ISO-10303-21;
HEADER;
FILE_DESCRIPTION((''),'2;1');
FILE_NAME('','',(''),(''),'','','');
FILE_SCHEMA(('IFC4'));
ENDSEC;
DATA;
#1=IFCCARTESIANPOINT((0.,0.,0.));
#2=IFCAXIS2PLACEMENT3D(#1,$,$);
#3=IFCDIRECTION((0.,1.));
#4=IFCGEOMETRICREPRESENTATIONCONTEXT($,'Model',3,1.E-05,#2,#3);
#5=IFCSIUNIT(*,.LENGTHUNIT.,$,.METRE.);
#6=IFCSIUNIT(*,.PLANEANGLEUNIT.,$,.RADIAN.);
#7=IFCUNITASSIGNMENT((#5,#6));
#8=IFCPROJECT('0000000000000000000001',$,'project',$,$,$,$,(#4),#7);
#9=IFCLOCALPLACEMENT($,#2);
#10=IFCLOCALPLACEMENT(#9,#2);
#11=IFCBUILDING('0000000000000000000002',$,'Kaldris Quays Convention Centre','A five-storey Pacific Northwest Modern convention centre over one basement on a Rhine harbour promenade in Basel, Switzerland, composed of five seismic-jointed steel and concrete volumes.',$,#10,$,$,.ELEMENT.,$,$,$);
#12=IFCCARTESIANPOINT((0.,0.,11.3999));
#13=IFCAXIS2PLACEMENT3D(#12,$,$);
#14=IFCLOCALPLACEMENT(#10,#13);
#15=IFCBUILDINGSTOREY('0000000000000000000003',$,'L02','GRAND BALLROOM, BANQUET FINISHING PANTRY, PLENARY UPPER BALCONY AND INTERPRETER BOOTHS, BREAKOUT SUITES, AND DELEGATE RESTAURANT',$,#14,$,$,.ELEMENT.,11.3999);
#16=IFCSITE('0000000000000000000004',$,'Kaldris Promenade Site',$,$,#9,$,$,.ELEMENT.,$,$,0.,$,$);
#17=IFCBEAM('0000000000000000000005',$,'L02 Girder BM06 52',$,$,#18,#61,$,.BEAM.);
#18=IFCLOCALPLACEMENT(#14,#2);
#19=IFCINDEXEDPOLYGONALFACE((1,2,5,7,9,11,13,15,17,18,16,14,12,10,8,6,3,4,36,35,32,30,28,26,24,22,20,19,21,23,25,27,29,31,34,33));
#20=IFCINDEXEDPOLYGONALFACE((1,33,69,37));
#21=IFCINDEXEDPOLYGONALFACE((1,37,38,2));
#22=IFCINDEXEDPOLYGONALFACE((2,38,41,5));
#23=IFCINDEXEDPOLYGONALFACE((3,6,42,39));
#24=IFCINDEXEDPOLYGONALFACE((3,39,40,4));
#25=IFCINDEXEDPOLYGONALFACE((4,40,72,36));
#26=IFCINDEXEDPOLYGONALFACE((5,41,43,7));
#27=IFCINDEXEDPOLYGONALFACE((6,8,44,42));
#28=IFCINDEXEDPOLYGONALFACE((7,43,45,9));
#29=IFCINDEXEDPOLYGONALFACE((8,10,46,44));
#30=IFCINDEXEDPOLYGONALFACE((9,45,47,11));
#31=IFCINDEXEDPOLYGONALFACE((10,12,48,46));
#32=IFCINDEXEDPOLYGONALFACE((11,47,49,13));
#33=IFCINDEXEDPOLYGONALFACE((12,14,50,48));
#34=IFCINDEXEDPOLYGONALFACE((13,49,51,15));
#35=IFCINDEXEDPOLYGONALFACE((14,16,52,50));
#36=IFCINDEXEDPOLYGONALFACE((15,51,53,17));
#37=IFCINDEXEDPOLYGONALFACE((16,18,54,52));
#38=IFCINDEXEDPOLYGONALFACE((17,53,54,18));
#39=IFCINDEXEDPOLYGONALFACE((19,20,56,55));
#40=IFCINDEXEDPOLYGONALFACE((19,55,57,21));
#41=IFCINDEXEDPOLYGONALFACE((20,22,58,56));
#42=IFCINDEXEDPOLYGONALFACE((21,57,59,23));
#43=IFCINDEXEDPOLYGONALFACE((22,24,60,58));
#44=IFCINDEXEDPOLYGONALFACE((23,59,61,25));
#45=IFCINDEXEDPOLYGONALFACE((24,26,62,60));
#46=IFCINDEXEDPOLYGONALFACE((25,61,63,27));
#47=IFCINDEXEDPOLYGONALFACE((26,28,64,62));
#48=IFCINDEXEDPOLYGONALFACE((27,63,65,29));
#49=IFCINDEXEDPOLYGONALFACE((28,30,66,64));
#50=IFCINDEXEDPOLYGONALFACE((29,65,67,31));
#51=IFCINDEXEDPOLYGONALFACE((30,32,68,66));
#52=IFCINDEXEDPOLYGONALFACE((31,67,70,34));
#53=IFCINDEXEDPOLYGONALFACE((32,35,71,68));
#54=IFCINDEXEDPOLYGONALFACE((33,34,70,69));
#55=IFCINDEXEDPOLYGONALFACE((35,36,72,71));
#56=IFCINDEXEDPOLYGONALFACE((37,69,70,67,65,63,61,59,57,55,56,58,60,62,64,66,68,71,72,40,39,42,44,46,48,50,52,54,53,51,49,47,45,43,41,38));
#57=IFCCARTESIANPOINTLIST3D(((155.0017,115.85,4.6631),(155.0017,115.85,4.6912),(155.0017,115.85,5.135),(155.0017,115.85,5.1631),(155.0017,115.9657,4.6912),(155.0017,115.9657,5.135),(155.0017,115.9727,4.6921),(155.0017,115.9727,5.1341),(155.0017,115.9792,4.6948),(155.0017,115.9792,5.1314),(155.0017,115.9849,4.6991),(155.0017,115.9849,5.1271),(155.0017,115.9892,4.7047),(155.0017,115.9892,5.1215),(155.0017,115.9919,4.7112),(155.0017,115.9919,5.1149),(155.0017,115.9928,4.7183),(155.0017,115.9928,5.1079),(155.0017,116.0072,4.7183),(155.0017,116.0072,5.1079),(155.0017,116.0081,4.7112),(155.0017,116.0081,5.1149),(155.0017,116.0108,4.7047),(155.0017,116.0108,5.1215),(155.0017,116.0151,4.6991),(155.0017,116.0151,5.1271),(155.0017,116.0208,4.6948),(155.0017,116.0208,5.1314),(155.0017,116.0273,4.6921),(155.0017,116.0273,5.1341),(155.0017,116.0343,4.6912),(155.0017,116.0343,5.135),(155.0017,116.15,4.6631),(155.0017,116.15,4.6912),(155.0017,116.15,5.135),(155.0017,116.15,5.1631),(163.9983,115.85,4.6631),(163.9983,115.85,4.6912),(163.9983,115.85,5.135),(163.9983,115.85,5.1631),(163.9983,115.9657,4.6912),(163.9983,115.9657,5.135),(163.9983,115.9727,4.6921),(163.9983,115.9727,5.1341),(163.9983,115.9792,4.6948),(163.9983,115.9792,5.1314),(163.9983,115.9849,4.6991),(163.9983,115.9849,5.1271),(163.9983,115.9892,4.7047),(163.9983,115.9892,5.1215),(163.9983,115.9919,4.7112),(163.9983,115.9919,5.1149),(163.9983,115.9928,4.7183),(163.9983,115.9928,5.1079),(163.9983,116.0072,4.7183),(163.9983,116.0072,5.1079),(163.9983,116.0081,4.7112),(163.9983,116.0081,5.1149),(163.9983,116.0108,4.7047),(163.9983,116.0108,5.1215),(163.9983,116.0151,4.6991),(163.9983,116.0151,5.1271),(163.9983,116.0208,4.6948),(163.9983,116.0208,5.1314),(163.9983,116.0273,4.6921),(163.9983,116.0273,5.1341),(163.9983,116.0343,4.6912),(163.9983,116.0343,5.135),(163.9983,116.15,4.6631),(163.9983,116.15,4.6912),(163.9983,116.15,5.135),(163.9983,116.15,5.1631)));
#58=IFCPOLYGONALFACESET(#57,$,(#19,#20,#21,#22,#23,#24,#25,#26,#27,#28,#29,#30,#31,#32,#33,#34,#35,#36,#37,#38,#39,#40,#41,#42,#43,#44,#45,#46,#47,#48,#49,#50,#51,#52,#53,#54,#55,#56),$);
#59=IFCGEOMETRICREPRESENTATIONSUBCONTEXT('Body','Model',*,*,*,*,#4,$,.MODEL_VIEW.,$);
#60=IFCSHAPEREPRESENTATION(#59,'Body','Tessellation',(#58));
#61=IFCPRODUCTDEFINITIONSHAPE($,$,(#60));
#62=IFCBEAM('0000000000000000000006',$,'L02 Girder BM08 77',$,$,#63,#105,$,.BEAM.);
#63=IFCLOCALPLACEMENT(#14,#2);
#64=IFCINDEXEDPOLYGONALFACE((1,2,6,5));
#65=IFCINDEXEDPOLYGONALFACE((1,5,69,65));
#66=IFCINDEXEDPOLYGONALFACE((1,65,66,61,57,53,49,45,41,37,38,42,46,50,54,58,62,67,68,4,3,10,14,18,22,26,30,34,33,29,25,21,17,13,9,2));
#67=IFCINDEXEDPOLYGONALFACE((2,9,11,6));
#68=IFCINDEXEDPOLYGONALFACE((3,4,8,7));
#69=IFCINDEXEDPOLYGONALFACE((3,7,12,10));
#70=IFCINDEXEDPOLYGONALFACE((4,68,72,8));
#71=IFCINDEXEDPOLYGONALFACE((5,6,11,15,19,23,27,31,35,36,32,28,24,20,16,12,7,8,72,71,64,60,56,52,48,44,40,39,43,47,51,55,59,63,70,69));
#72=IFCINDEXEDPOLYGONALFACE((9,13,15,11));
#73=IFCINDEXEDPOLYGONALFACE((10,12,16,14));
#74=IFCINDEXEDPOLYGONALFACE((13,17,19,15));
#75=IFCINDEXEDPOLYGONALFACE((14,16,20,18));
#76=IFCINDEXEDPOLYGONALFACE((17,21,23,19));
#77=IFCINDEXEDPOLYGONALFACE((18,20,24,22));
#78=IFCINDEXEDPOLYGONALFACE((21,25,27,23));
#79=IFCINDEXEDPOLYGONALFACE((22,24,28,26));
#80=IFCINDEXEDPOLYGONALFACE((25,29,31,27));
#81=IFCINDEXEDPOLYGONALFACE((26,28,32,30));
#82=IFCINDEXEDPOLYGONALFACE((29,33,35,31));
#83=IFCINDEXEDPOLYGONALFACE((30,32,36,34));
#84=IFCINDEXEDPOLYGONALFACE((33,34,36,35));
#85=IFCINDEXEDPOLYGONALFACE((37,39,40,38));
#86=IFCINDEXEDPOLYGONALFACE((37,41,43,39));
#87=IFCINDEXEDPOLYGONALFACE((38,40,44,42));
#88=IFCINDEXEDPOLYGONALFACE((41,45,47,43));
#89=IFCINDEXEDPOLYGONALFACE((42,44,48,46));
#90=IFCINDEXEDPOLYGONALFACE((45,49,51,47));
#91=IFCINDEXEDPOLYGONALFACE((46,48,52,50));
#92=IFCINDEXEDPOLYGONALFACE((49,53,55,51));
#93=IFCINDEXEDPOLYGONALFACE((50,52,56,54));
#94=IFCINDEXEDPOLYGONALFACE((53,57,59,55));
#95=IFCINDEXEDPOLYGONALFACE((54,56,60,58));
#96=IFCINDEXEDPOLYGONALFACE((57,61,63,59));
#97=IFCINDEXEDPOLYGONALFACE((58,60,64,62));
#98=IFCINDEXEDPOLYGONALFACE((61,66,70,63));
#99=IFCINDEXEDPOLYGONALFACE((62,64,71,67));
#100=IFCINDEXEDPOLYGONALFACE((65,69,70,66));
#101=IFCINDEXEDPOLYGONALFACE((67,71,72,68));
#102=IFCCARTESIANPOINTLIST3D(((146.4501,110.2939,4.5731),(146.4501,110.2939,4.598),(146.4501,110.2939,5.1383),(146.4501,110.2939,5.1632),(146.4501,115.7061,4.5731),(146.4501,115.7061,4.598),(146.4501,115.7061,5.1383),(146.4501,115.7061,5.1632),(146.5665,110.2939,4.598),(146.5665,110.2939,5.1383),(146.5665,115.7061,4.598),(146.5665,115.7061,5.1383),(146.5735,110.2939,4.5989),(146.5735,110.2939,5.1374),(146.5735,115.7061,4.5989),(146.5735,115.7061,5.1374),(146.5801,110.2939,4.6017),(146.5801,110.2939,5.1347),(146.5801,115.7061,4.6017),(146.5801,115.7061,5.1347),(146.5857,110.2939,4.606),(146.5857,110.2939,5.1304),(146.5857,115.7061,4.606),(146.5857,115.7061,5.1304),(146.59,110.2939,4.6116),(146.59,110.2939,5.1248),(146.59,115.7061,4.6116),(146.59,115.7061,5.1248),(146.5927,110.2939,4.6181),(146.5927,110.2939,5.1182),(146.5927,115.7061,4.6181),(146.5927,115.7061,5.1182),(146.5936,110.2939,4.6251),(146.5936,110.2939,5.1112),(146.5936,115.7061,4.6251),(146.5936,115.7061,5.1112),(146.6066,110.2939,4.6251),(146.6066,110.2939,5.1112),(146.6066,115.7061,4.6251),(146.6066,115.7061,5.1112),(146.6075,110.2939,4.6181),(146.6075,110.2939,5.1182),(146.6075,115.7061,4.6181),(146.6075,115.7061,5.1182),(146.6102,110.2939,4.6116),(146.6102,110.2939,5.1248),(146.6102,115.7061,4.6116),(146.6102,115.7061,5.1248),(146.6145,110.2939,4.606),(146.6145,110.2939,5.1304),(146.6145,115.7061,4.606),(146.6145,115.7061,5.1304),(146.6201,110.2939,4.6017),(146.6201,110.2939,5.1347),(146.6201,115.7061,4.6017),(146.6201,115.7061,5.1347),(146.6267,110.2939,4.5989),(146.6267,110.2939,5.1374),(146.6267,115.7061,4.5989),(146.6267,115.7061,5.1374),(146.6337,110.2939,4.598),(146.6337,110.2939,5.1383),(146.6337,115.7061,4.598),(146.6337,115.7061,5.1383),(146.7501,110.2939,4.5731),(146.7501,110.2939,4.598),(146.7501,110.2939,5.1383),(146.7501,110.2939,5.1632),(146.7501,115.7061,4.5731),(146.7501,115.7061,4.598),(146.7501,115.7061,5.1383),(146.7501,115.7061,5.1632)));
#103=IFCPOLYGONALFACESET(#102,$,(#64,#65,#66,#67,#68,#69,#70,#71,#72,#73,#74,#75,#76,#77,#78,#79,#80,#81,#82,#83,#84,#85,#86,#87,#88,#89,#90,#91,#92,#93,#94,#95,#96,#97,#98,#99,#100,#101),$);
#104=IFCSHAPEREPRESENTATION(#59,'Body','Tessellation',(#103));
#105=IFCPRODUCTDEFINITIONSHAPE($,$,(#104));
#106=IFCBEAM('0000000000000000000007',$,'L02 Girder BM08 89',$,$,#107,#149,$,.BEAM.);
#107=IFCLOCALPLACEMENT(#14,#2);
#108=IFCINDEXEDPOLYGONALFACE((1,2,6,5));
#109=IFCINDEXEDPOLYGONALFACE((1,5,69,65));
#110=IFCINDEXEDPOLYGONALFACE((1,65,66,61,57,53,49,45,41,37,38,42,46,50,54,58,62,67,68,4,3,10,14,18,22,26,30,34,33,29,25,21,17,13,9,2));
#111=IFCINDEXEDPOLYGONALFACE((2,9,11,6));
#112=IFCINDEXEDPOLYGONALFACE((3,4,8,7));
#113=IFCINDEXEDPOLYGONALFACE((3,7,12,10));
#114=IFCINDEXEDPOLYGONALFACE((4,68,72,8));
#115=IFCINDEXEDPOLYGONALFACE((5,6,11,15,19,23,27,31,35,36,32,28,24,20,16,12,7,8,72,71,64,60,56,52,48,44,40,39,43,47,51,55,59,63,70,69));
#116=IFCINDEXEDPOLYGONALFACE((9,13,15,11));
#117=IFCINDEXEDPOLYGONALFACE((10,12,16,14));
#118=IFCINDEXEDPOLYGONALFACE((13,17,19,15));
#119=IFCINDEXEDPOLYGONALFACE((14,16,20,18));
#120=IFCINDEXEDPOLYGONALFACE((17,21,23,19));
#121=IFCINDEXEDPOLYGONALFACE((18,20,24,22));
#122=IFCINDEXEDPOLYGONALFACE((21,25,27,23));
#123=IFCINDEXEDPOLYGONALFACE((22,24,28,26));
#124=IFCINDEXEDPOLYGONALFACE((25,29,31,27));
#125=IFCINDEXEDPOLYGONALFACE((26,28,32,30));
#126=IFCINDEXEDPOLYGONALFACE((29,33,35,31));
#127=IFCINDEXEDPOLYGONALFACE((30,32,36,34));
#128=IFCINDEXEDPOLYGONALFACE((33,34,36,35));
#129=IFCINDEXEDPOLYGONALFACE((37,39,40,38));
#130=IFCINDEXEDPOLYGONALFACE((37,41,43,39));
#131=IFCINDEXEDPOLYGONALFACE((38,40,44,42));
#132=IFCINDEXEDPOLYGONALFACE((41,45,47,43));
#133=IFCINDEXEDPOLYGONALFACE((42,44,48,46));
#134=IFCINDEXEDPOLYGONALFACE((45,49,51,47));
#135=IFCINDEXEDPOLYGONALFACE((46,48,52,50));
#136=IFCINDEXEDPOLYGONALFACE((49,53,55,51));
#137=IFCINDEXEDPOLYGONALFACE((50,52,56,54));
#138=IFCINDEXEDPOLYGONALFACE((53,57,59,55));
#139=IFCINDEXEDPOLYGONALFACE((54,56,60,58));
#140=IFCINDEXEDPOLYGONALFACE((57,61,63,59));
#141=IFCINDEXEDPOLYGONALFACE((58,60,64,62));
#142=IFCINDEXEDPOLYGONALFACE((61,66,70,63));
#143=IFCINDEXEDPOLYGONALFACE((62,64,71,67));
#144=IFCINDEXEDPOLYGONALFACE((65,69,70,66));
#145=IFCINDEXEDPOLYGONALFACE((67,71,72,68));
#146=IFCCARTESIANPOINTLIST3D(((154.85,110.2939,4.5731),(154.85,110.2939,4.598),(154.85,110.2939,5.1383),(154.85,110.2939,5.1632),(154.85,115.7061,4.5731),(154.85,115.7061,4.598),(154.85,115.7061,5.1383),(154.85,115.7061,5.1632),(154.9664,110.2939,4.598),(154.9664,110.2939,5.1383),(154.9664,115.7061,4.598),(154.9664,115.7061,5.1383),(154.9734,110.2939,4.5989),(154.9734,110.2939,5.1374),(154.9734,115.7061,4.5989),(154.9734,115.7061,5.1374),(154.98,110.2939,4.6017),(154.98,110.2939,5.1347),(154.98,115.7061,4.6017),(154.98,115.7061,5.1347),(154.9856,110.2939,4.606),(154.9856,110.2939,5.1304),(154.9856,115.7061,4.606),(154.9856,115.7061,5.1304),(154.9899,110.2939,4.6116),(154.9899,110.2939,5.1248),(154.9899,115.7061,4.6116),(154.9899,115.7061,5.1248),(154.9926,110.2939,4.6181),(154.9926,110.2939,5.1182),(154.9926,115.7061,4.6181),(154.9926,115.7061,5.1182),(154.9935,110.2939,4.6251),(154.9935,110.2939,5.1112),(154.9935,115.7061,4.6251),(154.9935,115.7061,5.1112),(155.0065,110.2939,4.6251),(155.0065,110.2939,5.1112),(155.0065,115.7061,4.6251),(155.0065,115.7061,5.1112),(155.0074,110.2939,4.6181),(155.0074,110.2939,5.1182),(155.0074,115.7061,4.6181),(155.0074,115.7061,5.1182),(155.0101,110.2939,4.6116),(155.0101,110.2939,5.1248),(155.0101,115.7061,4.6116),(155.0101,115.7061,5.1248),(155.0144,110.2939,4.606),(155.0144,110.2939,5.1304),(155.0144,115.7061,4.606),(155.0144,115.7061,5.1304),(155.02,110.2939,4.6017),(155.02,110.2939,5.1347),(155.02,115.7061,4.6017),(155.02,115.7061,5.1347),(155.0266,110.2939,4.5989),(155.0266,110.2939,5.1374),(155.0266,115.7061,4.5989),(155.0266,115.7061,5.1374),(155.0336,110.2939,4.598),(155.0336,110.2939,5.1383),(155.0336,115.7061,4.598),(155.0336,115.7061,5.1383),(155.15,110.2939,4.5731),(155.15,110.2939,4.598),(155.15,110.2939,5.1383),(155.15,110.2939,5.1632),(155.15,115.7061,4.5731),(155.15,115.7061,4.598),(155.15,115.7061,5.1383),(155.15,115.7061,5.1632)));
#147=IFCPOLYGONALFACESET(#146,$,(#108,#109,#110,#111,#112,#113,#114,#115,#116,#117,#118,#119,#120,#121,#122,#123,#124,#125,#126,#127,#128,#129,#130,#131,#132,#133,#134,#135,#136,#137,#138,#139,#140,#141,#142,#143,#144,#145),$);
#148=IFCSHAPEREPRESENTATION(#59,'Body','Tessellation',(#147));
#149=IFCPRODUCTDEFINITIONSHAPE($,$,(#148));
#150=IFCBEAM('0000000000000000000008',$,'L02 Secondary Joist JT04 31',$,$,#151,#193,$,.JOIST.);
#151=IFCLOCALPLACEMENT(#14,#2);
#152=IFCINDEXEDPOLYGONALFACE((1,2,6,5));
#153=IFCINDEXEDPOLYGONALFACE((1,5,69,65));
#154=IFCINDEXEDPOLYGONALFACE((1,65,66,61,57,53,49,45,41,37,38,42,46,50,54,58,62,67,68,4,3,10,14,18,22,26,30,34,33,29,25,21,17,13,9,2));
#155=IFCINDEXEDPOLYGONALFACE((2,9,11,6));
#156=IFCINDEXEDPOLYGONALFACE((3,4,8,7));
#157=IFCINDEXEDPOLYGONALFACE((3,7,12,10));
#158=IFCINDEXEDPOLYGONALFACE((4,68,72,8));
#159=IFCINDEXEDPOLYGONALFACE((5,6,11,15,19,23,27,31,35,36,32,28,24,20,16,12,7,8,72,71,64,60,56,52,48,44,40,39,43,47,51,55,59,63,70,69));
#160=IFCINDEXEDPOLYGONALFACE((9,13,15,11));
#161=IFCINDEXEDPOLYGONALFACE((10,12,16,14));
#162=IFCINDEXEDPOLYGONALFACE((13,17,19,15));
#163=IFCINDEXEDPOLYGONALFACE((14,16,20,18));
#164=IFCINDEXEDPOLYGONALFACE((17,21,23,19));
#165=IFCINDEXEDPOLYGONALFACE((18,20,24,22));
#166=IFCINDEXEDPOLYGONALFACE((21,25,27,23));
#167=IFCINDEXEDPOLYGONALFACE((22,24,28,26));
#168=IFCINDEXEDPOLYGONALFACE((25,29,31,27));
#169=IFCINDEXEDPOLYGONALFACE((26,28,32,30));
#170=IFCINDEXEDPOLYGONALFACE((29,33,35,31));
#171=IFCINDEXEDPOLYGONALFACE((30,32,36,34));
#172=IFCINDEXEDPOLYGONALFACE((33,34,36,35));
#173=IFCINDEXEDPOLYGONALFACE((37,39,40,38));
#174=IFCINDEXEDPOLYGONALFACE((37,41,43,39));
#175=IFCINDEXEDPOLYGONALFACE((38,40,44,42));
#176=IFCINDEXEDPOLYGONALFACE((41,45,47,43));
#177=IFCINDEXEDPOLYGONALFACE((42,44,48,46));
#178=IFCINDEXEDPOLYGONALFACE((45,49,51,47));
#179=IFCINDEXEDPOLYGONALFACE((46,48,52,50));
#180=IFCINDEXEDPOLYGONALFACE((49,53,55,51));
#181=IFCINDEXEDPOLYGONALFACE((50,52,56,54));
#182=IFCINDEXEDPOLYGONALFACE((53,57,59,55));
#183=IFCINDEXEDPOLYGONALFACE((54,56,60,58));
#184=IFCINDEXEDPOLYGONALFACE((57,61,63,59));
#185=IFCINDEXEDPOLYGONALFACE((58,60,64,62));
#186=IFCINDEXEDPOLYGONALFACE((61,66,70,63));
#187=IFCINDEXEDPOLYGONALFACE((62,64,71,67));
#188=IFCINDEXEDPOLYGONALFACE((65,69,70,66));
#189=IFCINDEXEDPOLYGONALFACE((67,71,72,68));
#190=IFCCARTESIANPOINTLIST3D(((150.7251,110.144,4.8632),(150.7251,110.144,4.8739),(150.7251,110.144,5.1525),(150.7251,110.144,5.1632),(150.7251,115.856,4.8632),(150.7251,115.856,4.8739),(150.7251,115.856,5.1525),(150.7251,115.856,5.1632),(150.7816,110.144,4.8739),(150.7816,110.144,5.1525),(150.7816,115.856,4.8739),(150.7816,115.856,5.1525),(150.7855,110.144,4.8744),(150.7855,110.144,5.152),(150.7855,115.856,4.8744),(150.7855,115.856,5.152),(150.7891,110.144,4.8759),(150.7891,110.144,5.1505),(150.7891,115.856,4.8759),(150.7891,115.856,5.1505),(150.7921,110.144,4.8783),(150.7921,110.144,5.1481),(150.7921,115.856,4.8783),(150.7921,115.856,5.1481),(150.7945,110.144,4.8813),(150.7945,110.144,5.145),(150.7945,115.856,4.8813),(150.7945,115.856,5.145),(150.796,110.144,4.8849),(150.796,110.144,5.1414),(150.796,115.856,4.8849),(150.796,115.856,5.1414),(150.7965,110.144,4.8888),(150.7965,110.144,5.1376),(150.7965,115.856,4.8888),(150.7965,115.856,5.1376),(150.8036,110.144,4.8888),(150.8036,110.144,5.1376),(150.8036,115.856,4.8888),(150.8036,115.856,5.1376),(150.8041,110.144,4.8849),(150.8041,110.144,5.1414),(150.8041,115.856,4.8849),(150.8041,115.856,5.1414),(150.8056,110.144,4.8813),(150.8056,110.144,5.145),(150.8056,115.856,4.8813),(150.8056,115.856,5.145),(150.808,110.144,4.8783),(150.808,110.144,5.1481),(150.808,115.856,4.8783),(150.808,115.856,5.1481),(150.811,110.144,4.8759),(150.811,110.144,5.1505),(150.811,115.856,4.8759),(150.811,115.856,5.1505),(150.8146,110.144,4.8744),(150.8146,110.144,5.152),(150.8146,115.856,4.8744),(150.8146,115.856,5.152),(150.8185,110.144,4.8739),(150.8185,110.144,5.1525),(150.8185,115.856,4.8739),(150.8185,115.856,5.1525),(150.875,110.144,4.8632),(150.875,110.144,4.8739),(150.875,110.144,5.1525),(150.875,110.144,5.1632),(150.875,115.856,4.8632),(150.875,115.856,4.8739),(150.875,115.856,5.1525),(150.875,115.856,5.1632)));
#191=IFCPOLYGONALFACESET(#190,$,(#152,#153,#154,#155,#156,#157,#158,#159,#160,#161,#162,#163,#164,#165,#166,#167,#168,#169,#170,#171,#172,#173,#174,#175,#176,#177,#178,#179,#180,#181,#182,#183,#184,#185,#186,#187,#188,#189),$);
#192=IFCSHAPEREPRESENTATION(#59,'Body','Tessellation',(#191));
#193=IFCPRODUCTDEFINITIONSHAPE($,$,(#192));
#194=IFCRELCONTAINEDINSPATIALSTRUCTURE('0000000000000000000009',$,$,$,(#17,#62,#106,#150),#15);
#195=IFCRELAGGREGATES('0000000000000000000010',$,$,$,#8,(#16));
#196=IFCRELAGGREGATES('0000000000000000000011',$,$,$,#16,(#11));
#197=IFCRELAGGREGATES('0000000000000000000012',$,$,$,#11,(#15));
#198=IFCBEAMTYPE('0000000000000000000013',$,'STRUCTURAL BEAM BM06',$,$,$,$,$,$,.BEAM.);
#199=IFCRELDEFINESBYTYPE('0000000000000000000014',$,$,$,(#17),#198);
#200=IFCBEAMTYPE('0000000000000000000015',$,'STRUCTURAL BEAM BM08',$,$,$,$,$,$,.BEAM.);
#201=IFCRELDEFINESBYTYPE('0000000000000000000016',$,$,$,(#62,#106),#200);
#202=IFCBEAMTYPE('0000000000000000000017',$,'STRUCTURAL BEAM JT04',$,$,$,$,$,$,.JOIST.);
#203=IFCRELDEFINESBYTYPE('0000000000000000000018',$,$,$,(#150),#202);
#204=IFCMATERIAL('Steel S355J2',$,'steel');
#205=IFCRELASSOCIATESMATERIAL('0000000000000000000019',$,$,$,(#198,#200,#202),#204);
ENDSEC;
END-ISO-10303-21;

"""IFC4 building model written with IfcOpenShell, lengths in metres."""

from ifc_helpers import new_model, si_unit, direction, frame, origin, origin_2d, place, context, subcontext, project, spatial, i_section, extrude, material, material_profile, profile_set, type_object, element, save


model = new_model("IFC4")

# Units and contexts
model_context = context("Model", 3, precision=1e-05, world=origin(), true_north=direction((0.0, 1.0)))
body_context = subcontext(model_context, "Body", "Model", "MODEL_VIEW")
ifc_project = project(units=[si_unit("LENGTHUNIT", "METRE"), si_unit("PLANEANGLEUNIT", "RADIAN")], contexts=[model_context])

# Site, building, storey
site_placement = place(None, origin())
site = spatial("IfcSite", under=ifc_project, at=site_placement, Name="Kaldris Promenade Site", CompositionType="ELEMENT", RefElevation=0.0)
building_placement = place(site_placement, origin())
building = spatial("IfcBuilding", under=site, at=building_placement, Name="Kaldris Quays Convention Centre", Description="A five-storey Pacific Northwest Modern convention centre over one basement on a Rhine harbour promenade in Basel, Switzerland, composed of five seismic-jointed steel and concrete volumes.", CompositionType="ELEMENT")
storey_placement = place(building_placement, frame((0.0, 0.0, 11.3999)))
storey = spatial("IfcBuildingStorey", under=building, at=storey_placement, Name="L02", Description="GRAND BALLROOM, BANQUET FINISHING PANTRY, PLENARY UPPER BALCONY AND INTERPRETER BOOTHS, BREAKOUT SUITES, AND DELEGATE RESTAURANT", CompositionType="ELEMENT", Elevation=11.3999)

# Beams
ifc_material_1 = material(Name="Steel S355J2", Category="steel")
ifc_material_profile_1 = material_profile(ifc_material_1, i_section(OverallWidth=0.3, OverallDepth=0.5, WebThickness=0.0144, FlangeThickness=0.0281, FilletRadius=0.0271, at=origin_2d()), Name="HEB 500")
ifc_profile_set_1 = profile_set([ifc_material_profile_1], Name="Steel S355J2")
beam_type_1 = type_object("IfcBeamType", Name="STRUCTURAL BEAM BM06", PredefinedType="BEAM", material=ifc_profile_set_1)
beam_1_placement = place(storey_placement, frame((155.0017, 116.0, 4.9131), z_axis=(1.0, 0.0, 0.0), x_axis=(0.0, 1.0, 0.0)))
element("IfcBeam", 1, at=beam_1_placement, inside=storey, type_object=beam_type_1, Name="L02 Girder BM06 52", PredefinedType="BEAM", context=body_context, shape_type="SweptSolid", body=[
    extrude(i_section(OverallWidth=0.3, OverallDepth=0.5, WebThickness=0.0144, FlangeThickness=0.0281, FilletRadius=0.0271, at=origin_2d()), origin(), (0.0, 0.0, 1.0), 8.9966),
])
ifc_material_profile_2 = material_profile(ifc_material_1, i_section(OverallWidth=0.3, OverallDepth=0.5901, WebThickness=0.0129, FlangeThickness=0.0249, FilletRadius=0.0271, at=origin_2d()), Name="HEA 600")
ifc_profile_set_2 = profile_set([ifc_material_profile_2], Name="Steel S355J2")
beam_type_2 = type_object("IfcBeamType", Name="STRUCTURAL BEAM BM08", PredefinedType="BEAM", material=ifc_profile_set_2)
for number, where, z_axis, x_axis, name in (
    (2, (146.6001, 110.2939, 4.8682), (0.0, 1.0, 0.0), (-1.0, 0.0, 0.0), "L02 Girder BM08 77"),
    (3, (155.0, 110.2939, 4.8682), (0.0, 1.0, 0.0), (-1.0, 0.0, 0.0), "L02 Girder BM08 89"),
):
    element("IfcBeam", number, at=place(storey_placement, frame(where, z_axis=z_axis, x_axis=x_axis)), inside=storey, type_object=beam_type_2, Name=name, PredefinedType="BEAM", context=body_context, shape_type="SweptSolid", body=[
        extrude(i_section(OverallWidth=0.3, OverallDepth=0.5901, WebThickness=0.0129, FlangeThickness=0.0249, FilletRadius=0.0271, at=origin_2d()), origin(), (0.0, 0.0, 1.0), 5.4121),
    ])
ifc_material_profile_3 = material_profile(ifc_material_1, i_section(OverallWidth=0.1499, OverallDepth=0.3, WebThickness=0.0071, FlangeThickness=0.0107, FilletRadius=0.0149, at=origin_2d()), Name="IPE 300")
ifc_profile_set_3 = profile_set([ifc_material_profile_3], Name="Steel S355J2")
beam_type_3 = type_object("IfcBeamType", Name="STRUCTURAL BEAM JT04", PredefinedType="JOIST", material=ifc_profile_set_3)
for number, where, z_axis, x_axis, name in (
    (4, (150.8, 110.144, 5.0132), (0.0, 1.0, 0.0), (-1.0, 0.0, 0.0), "L02 Secondary Joist JT04 31"),
):
    element("IfcBeam", number, at=place(storey_placement, frame(where, z_axis=z_axis, x_axis=x_axis)), inside=storey, type_object=beam_type_3, Name=name, PredefinedType="JOIST", context=body_context, shape_type="SweptSolid", body=[
        extrude(i_section(OverallWidth=0.1499, OverallDepth=0.3, WebThickness=0.0071, FlangeThickness=0.0107, FilletRadius=0.0149, at=origin_2d()), origin(), (0.0, 0.0, 1.0), 5.7119),
    ])

save(model, "model.ifc")
